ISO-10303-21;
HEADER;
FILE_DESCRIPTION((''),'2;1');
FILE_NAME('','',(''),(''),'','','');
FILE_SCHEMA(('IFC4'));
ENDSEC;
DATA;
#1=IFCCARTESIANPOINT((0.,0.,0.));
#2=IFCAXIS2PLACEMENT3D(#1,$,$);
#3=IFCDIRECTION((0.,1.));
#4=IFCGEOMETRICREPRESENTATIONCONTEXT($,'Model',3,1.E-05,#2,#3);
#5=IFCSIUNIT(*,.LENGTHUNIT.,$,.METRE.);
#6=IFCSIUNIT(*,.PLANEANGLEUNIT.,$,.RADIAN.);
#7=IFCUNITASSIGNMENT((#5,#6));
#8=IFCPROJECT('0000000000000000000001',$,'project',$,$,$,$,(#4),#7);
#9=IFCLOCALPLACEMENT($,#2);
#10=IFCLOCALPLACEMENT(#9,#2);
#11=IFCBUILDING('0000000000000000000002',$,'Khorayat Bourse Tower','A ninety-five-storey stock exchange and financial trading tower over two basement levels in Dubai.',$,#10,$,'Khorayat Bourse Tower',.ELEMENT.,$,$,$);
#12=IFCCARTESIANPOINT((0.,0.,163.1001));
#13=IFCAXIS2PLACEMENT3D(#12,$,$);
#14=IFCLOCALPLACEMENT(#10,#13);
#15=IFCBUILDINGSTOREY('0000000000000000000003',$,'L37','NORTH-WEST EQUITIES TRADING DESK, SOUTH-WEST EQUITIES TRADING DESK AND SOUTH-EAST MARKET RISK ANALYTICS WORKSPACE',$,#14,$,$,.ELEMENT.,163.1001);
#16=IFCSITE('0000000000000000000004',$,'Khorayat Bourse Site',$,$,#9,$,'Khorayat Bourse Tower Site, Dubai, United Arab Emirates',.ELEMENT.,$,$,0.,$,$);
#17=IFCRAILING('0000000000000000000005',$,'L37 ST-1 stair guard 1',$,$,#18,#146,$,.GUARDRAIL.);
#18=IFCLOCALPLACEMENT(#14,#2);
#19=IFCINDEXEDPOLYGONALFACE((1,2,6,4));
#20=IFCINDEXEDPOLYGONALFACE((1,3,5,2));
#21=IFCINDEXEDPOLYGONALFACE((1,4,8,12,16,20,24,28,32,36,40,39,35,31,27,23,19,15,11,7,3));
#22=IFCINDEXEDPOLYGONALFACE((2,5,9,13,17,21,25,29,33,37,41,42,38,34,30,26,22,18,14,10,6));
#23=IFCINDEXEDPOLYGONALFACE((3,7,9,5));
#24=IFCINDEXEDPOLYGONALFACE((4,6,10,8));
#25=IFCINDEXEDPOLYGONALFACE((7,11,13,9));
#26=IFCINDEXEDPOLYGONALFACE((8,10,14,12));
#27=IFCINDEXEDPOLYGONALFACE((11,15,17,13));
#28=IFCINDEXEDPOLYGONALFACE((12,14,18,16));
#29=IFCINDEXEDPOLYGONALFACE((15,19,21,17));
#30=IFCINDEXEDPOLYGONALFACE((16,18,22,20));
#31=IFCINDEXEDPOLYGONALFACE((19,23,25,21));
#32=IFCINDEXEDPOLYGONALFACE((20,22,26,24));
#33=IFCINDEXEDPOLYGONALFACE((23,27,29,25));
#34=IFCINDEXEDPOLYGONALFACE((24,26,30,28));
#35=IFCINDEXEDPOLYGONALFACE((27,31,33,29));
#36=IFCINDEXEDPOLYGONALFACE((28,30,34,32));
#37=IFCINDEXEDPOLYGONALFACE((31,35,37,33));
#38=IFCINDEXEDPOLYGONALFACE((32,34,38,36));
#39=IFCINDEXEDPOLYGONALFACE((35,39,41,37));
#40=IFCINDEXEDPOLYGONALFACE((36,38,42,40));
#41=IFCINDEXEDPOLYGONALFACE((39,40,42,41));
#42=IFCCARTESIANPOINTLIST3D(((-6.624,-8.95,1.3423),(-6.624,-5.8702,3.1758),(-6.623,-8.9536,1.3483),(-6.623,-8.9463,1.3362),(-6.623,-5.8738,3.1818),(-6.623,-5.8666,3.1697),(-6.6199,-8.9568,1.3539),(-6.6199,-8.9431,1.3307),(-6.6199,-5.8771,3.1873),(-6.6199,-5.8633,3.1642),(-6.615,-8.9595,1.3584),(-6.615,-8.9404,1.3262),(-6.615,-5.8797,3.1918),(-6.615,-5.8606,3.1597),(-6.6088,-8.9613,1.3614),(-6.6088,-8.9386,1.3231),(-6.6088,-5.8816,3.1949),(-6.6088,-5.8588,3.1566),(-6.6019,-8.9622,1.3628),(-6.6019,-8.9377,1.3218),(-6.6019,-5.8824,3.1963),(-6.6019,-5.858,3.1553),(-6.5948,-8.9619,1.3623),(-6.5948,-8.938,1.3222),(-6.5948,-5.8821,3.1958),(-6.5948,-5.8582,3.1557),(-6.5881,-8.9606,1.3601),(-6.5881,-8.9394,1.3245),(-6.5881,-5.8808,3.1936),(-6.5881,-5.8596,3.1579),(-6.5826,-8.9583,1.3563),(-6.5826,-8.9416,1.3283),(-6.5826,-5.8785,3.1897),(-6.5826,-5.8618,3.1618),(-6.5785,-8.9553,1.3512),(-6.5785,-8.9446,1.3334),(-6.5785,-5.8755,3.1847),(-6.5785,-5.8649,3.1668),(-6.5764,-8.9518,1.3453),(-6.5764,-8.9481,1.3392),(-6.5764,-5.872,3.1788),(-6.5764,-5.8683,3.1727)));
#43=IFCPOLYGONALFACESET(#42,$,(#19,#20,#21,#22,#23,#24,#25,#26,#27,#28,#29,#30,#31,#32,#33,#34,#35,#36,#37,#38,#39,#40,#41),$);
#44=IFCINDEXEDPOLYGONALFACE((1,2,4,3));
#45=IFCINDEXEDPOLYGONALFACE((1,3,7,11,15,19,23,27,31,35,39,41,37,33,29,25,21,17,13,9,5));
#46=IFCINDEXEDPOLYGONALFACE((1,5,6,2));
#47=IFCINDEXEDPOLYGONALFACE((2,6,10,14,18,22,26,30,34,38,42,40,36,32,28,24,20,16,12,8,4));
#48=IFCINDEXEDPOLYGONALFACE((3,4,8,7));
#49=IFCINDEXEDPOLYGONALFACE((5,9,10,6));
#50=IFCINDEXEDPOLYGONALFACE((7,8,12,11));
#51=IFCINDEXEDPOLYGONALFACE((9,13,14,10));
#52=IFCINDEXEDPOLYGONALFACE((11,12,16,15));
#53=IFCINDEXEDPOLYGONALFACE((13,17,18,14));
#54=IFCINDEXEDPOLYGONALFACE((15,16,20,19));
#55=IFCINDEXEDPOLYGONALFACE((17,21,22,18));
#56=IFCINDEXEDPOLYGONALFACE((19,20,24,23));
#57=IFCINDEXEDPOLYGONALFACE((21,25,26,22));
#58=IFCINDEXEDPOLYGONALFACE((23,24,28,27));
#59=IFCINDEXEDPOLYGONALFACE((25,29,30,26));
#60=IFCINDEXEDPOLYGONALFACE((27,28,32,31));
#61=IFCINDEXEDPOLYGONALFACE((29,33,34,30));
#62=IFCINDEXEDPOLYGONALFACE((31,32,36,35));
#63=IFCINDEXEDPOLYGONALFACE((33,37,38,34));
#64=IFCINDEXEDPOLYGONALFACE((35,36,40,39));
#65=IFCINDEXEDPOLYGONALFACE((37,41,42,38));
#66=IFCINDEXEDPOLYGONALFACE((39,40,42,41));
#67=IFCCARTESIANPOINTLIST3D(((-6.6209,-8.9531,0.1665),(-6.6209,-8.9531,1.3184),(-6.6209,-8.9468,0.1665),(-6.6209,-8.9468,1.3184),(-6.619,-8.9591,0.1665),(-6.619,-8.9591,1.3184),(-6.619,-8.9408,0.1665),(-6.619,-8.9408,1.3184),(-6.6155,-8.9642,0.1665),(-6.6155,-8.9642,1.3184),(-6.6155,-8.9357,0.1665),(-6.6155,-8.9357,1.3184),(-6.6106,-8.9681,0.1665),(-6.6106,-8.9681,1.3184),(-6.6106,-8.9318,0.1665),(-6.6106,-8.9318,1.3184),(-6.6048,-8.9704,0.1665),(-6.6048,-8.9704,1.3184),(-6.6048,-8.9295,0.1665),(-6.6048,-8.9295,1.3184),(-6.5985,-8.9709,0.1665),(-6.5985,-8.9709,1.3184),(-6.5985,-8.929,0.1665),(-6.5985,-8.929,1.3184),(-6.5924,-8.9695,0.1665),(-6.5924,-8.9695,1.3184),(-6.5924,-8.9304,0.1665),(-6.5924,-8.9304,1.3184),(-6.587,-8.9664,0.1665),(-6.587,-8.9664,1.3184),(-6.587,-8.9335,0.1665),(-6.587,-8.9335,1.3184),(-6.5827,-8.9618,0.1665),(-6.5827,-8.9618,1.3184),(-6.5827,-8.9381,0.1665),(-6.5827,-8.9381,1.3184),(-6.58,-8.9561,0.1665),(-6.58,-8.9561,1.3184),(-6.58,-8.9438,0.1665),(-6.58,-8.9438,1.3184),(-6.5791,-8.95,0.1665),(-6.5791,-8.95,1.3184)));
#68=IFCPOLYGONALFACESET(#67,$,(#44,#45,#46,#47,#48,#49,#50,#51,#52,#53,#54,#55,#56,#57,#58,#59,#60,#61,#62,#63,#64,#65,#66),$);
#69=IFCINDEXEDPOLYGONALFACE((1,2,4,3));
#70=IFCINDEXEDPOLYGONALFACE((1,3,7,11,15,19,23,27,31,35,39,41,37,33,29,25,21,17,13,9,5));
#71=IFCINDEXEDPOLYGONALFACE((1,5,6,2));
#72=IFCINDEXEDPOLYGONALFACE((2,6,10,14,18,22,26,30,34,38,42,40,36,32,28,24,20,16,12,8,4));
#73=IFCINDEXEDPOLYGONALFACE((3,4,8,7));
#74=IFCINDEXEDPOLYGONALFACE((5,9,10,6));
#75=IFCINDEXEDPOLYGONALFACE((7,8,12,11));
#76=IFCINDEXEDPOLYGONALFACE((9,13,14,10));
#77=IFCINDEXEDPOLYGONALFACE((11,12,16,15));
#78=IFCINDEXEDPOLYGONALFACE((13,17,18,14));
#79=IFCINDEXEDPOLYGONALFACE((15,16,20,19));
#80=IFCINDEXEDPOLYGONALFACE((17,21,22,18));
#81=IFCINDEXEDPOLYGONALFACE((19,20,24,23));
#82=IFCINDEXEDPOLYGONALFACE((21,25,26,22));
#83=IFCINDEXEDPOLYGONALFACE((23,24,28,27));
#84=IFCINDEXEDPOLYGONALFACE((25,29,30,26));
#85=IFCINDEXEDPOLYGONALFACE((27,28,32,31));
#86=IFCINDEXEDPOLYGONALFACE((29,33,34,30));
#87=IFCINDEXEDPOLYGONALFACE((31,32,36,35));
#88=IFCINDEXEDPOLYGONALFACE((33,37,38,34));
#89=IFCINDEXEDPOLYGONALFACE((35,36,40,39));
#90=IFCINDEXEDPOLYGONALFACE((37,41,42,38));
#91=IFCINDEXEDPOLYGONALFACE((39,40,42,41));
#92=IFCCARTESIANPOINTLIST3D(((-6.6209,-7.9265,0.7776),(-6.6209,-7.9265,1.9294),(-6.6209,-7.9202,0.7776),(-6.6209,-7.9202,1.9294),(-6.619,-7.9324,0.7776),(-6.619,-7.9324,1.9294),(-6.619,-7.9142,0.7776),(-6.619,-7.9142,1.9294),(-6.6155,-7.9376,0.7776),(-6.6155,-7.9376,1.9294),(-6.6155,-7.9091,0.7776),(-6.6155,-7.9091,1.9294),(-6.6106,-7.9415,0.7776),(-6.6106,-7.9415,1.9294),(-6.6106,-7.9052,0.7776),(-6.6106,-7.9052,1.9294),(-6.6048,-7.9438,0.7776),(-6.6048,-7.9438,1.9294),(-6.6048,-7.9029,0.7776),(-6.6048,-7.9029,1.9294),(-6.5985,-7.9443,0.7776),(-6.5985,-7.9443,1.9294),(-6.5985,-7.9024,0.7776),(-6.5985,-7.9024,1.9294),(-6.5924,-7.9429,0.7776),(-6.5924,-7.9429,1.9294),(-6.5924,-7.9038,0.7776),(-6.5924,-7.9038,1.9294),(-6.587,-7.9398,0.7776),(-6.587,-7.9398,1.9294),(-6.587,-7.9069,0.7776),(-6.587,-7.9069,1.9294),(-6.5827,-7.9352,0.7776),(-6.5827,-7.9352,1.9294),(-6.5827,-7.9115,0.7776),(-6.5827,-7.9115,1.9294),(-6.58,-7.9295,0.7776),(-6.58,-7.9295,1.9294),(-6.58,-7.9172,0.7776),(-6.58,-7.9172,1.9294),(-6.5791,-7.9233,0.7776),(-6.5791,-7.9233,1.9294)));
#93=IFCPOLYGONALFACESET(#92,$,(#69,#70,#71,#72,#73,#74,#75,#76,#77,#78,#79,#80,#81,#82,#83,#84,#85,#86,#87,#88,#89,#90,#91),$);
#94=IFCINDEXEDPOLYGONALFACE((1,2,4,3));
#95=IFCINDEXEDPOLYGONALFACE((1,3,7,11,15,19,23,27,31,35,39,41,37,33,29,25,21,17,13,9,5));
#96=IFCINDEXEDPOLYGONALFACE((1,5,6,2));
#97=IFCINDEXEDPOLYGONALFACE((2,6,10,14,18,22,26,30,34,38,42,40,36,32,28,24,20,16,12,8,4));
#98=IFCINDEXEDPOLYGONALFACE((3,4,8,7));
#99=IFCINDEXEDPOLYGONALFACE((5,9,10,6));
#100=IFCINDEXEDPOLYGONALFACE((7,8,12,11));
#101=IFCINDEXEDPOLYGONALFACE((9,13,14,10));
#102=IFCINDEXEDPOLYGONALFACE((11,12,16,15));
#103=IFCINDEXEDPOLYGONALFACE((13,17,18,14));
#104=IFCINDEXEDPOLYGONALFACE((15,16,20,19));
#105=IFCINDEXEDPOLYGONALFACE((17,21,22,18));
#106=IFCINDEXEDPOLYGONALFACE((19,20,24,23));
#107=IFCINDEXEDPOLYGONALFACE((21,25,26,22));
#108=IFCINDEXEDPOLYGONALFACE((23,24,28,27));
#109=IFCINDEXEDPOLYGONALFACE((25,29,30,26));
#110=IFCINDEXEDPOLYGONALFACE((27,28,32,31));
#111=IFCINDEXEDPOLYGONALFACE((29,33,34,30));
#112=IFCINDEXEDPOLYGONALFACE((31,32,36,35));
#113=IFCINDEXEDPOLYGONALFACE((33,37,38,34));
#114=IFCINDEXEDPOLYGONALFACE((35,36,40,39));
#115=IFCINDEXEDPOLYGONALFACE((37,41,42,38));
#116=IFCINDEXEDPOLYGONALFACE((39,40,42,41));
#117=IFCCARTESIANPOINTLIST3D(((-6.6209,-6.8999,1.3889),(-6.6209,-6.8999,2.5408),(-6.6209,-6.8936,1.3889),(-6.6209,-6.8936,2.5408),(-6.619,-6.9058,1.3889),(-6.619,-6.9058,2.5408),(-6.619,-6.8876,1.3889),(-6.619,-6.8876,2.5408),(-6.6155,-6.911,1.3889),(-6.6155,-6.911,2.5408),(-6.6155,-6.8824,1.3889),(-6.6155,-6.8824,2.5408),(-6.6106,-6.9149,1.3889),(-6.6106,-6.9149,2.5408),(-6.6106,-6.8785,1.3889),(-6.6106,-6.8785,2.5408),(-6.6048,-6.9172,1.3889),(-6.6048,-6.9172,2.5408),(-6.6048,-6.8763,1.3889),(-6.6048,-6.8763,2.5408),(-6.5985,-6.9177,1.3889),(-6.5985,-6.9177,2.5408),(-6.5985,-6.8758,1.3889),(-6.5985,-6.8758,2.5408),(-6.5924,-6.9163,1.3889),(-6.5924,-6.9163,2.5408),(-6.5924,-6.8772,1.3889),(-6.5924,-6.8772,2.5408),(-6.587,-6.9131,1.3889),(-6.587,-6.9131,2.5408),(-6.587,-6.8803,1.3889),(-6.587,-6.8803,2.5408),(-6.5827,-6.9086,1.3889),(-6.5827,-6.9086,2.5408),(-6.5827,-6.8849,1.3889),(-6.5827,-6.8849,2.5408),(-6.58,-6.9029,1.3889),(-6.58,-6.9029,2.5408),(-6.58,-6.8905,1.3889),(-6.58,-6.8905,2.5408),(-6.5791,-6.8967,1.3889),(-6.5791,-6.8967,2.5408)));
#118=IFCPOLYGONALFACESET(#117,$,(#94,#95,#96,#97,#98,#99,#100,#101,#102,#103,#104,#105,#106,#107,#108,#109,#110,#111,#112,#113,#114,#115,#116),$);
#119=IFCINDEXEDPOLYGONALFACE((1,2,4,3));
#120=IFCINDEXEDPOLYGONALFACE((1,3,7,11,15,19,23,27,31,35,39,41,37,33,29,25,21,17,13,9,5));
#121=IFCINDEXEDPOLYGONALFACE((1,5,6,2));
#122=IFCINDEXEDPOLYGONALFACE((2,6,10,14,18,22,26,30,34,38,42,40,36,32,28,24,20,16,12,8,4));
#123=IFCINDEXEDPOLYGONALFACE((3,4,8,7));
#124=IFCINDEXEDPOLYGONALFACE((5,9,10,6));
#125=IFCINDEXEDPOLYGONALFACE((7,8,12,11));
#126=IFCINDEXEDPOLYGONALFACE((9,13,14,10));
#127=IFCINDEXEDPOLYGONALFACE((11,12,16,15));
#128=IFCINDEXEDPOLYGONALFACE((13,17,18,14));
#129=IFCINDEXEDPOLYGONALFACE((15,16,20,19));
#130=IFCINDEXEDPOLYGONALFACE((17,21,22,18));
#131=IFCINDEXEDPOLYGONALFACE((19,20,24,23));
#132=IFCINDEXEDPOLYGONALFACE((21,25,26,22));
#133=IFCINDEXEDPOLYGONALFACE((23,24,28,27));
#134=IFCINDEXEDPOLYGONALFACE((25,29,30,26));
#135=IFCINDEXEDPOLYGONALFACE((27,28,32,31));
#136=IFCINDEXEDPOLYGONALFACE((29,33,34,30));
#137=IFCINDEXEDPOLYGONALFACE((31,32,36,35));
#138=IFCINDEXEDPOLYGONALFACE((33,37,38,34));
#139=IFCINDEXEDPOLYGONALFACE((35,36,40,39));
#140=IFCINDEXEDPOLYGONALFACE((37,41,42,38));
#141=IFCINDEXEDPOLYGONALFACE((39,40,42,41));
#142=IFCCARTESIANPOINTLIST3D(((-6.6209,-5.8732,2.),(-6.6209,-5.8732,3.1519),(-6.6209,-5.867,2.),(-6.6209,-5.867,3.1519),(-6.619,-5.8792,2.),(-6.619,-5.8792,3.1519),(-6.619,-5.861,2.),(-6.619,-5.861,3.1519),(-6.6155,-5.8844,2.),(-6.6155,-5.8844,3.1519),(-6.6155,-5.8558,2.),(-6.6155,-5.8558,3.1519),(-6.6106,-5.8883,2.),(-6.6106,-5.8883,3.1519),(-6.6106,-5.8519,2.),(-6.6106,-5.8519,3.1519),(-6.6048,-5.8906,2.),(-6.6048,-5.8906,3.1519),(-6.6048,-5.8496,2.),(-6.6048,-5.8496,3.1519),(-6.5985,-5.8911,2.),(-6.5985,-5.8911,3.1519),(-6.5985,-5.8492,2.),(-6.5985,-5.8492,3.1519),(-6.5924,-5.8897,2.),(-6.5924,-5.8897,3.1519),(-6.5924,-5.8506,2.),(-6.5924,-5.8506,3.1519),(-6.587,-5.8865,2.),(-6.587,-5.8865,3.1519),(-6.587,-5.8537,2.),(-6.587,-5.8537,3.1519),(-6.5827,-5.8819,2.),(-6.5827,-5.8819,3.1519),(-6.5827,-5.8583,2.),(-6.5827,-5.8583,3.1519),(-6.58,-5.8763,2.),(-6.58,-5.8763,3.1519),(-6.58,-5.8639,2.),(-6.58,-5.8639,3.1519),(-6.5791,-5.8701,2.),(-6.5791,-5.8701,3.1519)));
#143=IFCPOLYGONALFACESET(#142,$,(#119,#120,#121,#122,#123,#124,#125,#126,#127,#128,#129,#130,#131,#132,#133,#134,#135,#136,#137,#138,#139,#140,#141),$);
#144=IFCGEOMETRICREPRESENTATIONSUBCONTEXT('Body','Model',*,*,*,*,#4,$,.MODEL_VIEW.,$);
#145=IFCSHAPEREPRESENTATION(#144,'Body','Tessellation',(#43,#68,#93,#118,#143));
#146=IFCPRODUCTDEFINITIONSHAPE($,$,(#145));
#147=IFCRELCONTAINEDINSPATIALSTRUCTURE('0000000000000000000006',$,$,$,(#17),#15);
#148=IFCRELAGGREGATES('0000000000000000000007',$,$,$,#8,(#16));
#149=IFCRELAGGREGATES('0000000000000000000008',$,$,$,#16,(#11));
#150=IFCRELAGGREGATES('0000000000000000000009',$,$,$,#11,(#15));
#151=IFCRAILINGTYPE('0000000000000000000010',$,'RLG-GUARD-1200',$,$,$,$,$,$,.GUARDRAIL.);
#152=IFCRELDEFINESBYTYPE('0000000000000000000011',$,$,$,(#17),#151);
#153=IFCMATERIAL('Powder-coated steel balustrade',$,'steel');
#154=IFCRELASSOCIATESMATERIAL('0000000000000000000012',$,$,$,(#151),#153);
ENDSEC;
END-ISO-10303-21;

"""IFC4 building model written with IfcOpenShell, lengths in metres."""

from ifc_helpers import new_model, si_unit, direction, frame, origin, origin_2d, place, context, subcontext, project, spatial, circle, extrude, source, transform, mapped, material, type_object, element, save


model = new_model("IFC4")

# Units and contexts
model_context = context("Model", 3, precision=1e-05, world=origin(), true_north=direction((0.0, 1.0)))
body_context = subcontext(model_context, "Body", "Model", "MODEL_VIEW")
ifc_project = project(units=[si_unit("LENGTHUNIT", "METRE"), si_unit("PLANEANGLEUNIT", "RADIAN")], contexts=[model_context])

# Site, building, storey
site_placement = place(None, origin())
site = spatial("IfcSite", under=ifc_project, at=site_placement, Name="Khorayat Bourse Site", LongName="Khorayat Bourse Tower Site, Dubai, United Arab Emirates", CompositionType="ELEMENT", RefElevation=0.0)
building_placement = place(site_placement, origin())
building = spatial("IfcBuilding", under=site, at=building_placement, Name="Khorayat Bourse Tower", Description="A ninety-five-storey stock exchange and financial trading tower over two basement levels in Dubai.", LongName="Khorayat Bourse Tower", CompositionType="ELEMENT")
storey_placement = place(building_placement, frame((0.0, 0.0, 163.1001)))
storey = spatial("IfcBuildingStorey", under=building, at=storey_placement, Name="L37", Description="NORTH-WEST EQUITIES TRADING DESK, SOUTH-WEST EQUITIES TRADING DESK AND SOUTH-EAST MARKET RISK ANALYTICS WORKSPACE", CompositionType="ELEMENT", Elevation=163.1001)

# Railing
ifc_material_1 = material(Name="Powder-coated steel balustrade", Category="steel")
railing_type_1 = type_object("IfcRailingType", Name="RLG-GUARD-1200", PredefinedType="GUARDRAIL", material=ifc_material_1)
shared_shape_1 = source(origin(), body_context, "Body", "SweptSolid", [
    extrude(circle(Radius=0.0239, at=origin_2d()), frame((0.0, 0.0, 1.1758), z_axis=(0.0, 0.859261, 0.511538), x_axis=(-1.0, 0.0, 0.0)), (0.0, 0.0, 1.0), 3.5842),
    extrude(circle(Radius=0.021, at=origin_2d()), origin(), (0.0, 0.0, 1.0), 1.1519),
    extrude(circle(Radius=0.021, at=origin_2d()), frame((0.0, 1.0266, 0.6111)), (0.0, 0.0, 1.0), 1.1519),
    extrude(circle(Radius=0.021, at=origin_2d()), frame((0.0, 2.0532, 1.2224)), (0.0, 0.0, 1.0), 1.1519),
    extrude(circle(Radius=0.021, at=origin_2d()), frame((0.0, 3.0798, 1.8335)), (0.0, 0.0, 1.0), 1.1519),
])
railing_1_placement = place(storey_placement, frame((-6.6001, -8.95, 0.1665)))
element("IfcRailing", 1, at=railing_1_placement, inside=storey, type_object=railing_type_1, Name="L37 ST-1 stair guard 1", PredefinedType="GUARDRAIL", context=body_context, shape_type="MappedRepresentation", body=[
    mapped(shared_shape_1, transform((0.0, 0.0, 0.0), scale=1.0)),
])

save(model, "model.ifc")
